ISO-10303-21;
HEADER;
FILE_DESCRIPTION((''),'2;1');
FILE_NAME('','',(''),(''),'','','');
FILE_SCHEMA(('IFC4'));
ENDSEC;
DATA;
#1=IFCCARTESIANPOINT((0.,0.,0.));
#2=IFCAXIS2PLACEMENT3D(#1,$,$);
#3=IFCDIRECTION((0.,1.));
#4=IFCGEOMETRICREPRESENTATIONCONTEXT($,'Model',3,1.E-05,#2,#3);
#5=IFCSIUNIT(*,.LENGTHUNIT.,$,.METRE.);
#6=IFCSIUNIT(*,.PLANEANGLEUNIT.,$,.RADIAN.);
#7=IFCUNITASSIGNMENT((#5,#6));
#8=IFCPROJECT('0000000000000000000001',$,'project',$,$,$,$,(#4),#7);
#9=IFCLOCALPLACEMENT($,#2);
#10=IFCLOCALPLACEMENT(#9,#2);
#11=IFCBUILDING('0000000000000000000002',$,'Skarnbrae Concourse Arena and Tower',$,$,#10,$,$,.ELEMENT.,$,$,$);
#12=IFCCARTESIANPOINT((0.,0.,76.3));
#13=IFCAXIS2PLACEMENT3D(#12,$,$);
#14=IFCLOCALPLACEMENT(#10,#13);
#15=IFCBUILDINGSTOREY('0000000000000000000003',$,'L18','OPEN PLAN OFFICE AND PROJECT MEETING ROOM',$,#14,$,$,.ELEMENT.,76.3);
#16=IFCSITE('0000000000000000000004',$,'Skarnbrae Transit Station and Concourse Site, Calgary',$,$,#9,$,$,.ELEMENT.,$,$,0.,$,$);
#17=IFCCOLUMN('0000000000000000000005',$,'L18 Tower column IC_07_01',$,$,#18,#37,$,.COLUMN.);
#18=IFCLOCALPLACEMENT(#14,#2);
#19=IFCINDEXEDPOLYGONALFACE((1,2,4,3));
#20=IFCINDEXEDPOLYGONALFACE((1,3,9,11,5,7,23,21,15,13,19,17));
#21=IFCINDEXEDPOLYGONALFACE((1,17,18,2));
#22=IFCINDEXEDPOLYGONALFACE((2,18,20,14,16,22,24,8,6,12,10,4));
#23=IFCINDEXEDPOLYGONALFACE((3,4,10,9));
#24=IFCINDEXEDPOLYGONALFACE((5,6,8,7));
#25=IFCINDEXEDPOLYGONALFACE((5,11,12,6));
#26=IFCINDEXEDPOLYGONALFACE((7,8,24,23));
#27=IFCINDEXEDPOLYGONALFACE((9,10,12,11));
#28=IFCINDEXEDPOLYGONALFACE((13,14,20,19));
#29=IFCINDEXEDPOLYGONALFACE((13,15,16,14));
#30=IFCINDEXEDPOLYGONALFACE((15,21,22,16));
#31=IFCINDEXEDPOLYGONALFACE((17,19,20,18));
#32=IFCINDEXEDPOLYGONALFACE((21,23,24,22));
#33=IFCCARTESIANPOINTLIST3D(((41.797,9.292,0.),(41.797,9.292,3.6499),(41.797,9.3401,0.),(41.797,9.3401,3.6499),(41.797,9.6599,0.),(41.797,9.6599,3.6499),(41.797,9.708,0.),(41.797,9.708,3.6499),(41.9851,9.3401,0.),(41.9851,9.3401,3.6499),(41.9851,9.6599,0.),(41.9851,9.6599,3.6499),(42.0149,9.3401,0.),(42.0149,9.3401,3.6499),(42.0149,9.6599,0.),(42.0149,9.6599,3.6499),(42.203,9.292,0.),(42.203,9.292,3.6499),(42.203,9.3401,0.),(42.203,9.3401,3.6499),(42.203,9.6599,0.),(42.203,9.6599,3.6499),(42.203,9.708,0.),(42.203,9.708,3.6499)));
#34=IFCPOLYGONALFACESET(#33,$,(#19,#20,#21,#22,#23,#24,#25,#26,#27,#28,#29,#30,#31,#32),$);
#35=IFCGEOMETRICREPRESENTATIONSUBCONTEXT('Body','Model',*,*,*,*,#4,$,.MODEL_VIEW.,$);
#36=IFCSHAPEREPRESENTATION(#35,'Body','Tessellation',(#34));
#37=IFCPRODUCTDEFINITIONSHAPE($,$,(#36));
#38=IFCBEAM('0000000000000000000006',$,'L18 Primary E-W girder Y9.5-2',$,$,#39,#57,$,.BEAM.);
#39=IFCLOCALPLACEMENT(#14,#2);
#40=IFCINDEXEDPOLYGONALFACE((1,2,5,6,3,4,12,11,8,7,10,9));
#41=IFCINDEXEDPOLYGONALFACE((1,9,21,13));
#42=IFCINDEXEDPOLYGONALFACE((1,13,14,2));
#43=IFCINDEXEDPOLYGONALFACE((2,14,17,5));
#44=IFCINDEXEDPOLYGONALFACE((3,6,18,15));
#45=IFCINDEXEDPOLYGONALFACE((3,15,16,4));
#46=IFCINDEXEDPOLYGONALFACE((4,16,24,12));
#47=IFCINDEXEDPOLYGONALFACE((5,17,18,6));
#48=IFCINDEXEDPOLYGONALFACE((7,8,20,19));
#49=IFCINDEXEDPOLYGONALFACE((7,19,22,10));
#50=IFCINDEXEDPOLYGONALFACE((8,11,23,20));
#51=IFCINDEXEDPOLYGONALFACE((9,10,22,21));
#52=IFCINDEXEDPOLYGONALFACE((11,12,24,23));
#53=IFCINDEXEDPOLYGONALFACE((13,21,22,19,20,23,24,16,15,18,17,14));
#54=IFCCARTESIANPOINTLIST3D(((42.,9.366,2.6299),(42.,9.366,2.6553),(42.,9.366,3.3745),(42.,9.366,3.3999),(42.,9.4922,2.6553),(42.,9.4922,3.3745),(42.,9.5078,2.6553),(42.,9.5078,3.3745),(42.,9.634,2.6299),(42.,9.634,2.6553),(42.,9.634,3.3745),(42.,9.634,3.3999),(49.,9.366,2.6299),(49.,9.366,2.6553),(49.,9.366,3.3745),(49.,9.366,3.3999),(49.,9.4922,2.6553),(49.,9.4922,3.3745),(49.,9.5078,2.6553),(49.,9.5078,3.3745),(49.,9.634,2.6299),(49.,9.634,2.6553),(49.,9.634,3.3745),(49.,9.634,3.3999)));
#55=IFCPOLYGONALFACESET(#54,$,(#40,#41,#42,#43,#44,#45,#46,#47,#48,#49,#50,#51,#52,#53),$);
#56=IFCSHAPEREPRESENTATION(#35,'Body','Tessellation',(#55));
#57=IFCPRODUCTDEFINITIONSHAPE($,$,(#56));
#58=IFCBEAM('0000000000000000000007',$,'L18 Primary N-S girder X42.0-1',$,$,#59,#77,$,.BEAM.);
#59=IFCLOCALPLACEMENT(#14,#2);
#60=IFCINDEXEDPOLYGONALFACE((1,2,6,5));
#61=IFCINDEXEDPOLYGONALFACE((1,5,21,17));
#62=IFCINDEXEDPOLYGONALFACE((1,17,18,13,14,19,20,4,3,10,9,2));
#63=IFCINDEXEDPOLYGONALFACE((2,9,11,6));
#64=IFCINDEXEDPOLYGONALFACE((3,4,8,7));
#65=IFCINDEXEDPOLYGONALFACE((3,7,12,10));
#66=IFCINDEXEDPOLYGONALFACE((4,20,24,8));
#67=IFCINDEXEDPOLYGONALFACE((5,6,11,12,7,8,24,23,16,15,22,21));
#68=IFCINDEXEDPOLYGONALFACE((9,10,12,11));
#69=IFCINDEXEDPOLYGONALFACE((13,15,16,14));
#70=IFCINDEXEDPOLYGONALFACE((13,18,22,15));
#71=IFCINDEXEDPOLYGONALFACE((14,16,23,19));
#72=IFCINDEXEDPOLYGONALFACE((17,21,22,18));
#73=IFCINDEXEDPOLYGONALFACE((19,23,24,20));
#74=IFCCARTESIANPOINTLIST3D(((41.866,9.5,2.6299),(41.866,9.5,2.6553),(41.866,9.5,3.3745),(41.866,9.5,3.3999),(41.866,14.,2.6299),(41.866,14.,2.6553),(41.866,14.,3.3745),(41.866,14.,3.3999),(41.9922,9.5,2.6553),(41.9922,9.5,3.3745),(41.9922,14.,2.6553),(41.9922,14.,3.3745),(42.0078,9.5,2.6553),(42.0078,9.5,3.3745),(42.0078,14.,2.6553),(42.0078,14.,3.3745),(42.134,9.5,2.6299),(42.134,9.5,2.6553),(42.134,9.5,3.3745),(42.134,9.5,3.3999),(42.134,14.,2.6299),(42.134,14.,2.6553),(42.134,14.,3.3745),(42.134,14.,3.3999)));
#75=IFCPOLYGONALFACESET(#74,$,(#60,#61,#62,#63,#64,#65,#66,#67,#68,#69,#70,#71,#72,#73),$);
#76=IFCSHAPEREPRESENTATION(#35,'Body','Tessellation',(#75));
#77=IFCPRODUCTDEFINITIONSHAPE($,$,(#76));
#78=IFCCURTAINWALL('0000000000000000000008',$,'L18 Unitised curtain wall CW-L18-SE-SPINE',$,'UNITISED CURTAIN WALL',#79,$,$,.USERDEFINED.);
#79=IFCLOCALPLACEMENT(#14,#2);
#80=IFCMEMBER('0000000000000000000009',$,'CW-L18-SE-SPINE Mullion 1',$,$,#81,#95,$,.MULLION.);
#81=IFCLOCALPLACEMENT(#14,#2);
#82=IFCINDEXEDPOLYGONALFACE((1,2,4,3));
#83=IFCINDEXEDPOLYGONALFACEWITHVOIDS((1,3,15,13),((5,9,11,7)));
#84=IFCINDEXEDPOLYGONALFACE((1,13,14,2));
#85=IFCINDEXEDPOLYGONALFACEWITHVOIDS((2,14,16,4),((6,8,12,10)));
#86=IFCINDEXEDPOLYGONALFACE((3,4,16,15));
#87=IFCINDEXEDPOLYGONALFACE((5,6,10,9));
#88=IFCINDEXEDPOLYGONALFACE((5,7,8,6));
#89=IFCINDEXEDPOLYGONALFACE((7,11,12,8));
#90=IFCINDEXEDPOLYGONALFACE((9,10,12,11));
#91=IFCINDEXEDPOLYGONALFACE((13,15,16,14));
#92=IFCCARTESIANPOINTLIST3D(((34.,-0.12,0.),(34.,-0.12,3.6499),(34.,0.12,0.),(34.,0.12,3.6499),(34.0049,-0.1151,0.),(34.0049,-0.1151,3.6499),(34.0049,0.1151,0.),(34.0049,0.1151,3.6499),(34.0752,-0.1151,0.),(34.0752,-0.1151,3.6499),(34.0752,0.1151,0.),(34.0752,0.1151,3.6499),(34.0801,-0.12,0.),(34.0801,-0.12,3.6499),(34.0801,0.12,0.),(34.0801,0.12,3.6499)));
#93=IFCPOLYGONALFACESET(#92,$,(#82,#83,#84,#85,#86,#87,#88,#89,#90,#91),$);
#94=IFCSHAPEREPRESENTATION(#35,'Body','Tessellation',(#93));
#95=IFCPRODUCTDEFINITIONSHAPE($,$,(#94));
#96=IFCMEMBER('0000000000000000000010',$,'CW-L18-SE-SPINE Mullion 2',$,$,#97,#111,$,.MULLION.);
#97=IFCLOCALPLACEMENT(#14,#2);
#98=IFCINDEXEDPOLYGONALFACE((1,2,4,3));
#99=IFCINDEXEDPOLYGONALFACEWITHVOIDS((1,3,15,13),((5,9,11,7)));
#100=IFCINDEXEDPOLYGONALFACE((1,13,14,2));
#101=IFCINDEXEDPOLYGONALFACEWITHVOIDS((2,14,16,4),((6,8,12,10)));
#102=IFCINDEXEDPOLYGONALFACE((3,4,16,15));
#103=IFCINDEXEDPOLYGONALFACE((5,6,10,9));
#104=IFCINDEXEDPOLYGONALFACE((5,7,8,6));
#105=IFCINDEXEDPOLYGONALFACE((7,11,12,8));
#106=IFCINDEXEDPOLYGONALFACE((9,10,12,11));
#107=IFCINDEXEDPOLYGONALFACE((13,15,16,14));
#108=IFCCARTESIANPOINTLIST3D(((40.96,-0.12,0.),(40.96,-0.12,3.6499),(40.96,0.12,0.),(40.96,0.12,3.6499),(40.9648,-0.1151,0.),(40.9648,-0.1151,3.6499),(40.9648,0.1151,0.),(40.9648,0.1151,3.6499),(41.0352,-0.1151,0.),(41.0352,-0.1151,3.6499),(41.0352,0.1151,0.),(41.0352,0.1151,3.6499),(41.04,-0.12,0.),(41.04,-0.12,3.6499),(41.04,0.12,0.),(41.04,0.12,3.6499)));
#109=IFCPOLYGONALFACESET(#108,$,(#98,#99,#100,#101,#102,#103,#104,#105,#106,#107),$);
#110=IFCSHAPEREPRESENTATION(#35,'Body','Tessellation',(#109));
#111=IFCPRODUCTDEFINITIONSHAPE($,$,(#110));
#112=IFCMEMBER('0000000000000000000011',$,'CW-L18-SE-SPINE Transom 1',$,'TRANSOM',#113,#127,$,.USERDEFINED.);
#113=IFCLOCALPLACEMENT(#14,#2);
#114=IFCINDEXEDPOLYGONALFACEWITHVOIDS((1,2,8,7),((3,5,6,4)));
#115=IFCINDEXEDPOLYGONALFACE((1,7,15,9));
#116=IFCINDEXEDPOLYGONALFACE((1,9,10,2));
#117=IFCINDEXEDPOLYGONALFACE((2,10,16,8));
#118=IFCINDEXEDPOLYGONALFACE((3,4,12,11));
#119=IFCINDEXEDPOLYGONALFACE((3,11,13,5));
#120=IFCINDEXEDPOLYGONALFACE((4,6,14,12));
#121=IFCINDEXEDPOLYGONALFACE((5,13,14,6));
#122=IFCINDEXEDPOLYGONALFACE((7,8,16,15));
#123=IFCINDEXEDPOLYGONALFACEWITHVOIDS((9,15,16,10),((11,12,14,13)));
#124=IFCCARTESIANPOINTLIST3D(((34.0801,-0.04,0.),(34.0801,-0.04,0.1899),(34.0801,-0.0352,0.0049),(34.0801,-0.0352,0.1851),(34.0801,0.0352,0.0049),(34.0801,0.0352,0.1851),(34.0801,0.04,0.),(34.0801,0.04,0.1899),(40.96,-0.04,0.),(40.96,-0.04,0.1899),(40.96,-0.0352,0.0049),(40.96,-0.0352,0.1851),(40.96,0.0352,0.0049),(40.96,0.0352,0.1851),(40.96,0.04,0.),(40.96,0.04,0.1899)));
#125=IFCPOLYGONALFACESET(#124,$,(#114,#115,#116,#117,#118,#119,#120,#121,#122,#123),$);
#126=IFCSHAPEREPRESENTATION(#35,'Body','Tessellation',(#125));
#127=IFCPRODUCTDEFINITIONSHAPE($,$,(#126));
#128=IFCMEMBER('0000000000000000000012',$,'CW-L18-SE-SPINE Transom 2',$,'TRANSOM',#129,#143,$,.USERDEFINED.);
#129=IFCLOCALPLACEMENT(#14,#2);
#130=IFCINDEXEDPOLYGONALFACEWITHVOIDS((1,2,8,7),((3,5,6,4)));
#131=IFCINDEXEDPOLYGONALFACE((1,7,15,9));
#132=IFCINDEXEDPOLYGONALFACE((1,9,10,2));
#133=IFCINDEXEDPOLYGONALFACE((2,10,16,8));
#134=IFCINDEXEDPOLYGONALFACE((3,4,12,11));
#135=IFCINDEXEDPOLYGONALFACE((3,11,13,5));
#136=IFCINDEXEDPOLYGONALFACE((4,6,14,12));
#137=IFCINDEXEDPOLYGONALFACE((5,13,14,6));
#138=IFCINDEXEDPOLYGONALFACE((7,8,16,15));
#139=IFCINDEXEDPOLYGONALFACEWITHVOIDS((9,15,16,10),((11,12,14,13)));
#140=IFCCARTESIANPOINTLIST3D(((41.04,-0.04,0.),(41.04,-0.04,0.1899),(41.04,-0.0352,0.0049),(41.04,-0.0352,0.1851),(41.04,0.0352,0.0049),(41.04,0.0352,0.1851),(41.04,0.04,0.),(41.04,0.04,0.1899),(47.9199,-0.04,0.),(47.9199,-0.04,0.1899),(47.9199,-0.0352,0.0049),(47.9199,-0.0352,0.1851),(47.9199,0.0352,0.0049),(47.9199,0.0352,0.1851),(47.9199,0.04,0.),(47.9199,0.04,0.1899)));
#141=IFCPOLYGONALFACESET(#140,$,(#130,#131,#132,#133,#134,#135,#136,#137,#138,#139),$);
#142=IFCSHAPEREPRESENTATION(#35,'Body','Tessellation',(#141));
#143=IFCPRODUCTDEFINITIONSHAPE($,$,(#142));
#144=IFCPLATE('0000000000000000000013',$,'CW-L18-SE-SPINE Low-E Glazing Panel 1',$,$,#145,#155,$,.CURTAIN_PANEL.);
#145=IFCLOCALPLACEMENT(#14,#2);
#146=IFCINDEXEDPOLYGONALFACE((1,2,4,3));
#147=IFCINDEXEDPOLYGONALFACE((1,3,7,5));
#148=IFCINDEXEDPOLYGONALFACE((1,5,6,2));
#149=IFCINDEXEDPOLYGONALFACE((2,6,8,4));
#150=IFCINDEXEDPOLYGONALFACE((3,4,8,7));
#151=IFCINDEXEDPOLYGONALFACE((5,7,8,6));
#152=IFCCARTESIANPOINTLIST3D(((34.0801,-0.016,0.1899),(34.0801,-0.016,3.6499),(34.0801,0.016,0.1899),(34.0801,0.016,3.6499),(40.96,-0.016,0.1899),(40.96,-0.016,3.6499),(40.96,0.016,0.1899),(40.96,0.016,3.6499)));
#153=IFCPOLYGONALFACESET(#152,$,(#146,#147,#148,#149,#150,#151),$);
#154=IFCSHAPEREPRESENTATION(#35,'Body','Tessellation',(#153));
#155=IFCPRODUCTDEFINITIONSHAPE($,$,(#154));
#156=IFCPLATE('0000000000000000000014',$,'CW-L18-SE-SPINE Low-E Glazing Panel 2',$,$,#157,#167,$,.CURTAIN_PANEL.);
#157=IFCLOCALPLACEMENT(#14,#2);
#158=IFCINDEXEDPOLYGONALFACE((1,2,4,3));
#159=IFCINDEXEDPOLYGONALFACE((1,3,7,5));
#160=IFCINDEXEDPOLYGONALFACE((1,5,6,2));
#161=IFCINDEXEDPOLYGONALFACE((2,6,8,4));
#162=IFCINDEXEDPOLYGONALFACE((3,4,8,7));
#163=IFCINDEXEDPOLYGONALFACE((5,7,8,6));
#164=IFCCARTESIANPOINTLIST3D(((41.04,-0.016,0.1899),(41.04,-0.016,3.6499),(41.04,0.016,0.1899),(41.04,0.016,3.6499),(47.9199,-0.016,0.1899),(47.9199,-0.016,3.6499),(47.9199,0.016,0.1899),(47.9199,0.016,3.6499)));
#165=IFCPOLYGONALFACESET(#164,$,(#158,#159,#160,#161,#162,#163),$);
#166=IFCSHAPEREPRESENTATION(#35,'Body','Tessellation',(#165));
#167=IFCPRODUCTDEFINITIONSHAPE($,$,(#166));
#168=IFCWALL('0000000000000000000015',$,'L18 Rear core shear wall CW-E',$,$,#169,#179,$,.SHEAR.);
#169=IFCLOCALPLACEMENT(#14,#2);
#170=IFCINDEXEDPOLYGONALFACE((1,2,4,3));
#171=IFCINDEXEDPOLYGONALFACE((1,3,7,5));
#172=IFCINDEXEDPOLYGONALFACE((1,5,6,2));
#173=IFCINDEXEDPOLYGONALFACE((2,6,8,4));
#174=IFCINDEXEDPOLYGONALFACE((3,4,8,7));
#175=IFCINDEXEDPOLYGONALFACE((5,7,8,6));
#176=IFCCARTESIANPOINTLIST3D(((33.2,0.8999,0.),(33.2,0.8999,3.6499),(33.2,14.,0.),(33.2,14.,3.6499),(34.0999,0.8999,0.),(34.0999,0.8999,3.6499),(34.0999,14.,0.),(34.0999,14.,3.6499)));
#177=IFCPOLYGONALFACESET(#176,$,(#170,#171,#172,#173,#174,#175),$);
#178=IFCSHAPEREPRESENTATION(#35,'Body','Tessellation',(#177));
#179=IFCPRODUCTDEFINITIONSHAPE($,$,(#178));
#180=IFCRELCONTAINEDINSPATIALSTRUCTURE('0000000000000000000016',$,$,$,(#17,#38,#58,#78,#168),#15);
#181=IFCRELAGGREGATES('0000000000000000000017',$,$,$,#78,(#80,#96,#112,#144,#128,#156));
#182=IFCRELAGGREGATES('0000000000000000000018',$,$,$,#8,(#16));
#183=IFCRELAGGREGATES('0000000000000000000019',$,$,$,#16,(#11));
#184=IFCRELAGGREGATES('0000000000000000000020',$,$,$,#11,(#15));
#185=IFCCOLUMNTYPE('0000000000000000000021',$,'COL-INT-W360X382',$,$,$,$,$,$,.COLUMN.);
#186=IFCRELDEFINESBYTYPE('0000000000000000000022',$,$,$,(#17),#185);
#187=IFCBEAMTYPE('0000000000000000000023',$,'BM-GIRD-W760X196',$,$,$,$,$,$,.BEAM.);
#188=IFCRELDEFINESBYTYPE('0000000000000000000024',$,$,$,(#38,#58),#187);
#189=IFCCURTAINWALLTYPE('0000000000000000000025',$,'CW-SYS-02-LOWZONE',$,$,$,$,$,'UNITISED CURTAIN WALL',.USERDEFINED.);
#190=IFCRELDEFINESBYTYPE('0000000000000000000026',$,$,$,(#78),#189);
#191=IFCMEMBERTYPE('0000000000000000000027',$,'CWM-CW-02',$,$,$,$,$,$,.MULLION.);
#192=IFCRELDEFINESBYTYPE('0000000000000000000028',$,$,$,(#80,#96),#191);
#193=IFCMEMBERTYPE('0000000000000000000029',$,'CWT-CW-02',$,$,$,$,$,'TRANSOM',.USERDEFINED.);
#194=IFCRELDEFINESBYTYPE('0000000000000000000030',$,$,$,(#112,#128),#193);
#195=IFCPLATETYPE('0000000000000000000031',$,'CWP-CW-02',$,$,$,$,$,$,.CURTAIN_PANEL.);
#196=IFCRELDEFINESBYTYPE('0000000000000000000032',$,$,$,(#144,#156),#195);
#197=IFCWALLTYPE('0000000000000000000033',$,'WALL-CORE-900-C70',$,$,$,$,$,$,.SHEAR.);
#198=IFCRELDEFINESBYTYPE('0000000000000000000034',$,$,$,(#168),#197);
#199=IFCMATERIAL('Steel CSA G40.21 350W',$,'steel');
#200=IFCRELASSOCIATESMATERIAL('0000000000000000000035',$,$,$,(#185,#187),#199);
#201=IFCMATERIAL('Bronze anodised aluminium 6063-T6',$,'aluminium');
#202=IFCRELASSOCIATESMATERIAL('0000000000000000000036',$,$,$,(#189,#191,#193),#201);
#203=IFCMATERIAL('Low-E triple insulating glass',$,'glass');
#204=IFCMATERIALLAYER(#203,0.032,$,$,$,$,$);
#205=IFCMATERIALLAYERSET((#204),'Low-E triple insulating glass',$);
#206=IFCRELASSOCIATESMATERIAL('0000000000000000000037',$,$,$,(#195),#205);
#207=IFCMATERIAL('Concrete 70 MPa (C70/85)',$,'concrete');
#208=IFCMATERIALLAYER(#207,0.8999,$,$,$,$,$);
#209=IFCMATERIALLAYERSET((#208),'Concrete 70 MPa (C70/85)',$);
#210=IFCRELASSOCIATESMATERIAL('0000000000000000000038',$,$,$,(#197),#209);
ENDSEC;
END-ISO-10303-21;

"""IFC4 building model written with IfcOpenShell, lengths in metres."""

from ifc_helpers import new_model, si_unit, direction, frame, frame_2d, origin, origin_2d, place, context, subcontext, project, spatial, rectangle, hollow_rectangle, i_section, extrude, source, transform, mapped, material, layer, layer_set, material_profile, profile_set, type_object, element, aggregate, save


model = new_model("IFC4")

# Units and contexts
model_context = context("Model", 3, precision=1e-05, world=origin(), true_north=direction((0.0, 1.0)))
body_context = subcontext(model_context, "Body", "Model", "MODEL_VIEW")
ifc_project = project(units=[si_unit("LENGTHUNIT", "METRE"), si_unit("PLANEANGLEUNIT", "RADIAN")], contexts=[model_context])

# Site, building, storey
site_placement = place(None, origin())
site = spatial("IfcSite", under=ifc_project, at=site_placement, Name="Skarnbrae Transit Station and Concourse Site, Calgary", CompositionType="ELEMENT", RefElevation=0.0)
building_placement = place(site_placement, origin())
building = spatial("IfcBuilding", under=site, at=building_placement, Name="Skarnbrae Concourse Arena and Tower", CompositionType="ELEMENT")
storey_placement = place(building_placement, frame((0.0, 0.0, 76.3)))
storey = spatial("IfcBuildingStorey", under=building, at=storey_placement, Name="L18", Description="OPEN PLAN OFFICE AND PROJECT MEETING ROOM", CompositionType="ELEMENT", Elevation=76.3)

# Column
ifc_material_1 = material(Name="Steel CSA G40.21 350W", Category="steel")
ifc_material_profile_1 = material_profile(ifc_material_1, i_section(OverallWidth=0.406, OverallDepth=0.416, WebThickness=0.0298, FlangeThickness=0.0481, at=origin_2d()), Name="W360X382")
ifc_profile_set_1 = profile_set([ifc_material_profile_1], Name="Steel CSA G40.21 350W")
column_type = type_object("IfcColumnType", Name="COL-INT-W360X382", PredefinedType="COLUMN", material=ifc_profile_set_1)
shared_shape_1 = source(origin(), body_context, "Body", "SweptSolid", [
    extrude(i_section(OverallWidth=0.406, OverallDepth=0.416, WebThickness=0.0298, FlangeThickness=0.0481, at=origin_2d()), origin(), (0.0, 0.0, 1.0), 3.6499),
])
column_placement = place(storey_placement, frame((42.0, 9.5, 0.0), z_axis=(0.0, 0.0, 1.0), x_axis=(1.0, 0.0, 0.0)))
element("IfcColumn", 1, at=column_placement, inside=storey, type_object=column_type, Name="L18 Tower column IC_07_01", PredefinedType="COLUMN", context=body_context, shape_type="MappedRepresentation", body=[
    mapped(shared_shape_1, transform((0.0, 0.0, 0.0))),
])

# Beams
ifc_material_profile_2 = material_profile(ifc_material_1, i_section(OverallWidth=0.2681, OverallDepth=0.77, WebThickness=0.0156, FlangeThickness=0.0254, at=origin_2d()), Name="W760X196")
ifc_profile_set_2 = profile_set([ifc_material_profile_2], Name="Steel CSA G40.21 350W")
beam_type = type_object("IfcBeamType", Name="BM-GIRD-W760X196", PredefinedType="BEAM", material=ifc_profile_set_2)
shared_shape_2 = source(origin(), body_context, "Body", "SweptSolid", [
    extrude(i_section(OverallWidth=0.2681, OverallDepth=0.77, WebThickness=0.0156, FlangeThickness=0.0254, at=origin_2d()), origin(), (0.0, 0.0, 1.0), 7.0),
])
beam_1_placement = place(storey_placement, frame((42.0, 9.5, 3.0149), z_axis=(1.0, 0.0, 0.0), x_axis=(0.0, 1.0, 0.0)))
element("IfcBeam", 2, at=beam_1_placement, inside=storey, type_object=beam_type, Name="L18 Primary E-W girder Y9.5-2", PredefinedType="BEAM", context=body_context, shape_type="MappedRepresentation", body=[
    mapped(shared_shape_2, transform((0.0, 0.0, 0.0))),
])
shared_shape_3 = source(origin(), body_context, "Body", "SweptSolid", [
    extrude(i_section(OverallWidth=0.2681, OverallDepth=0.77, WebThickness=0.0156, FlangeThickness=0.0254, at=origin_2d()), origin(), (0.0, 0.0, 1.0), 4.5),
])
beam_2_placement = place(storey_placement, frame((42.0, 9.5, 3.0149), z_axis=(0.0, 1.0, 0.0), x_axis=(-1.0, 0.0, 0.0)))
element("IfcBeam", 3, at=beam_2_placement, inside=storey, type_object=beam_type, Name="L18 Primary N-S girder X42.0-1", PredefinedType="BEAM", context=body_context, shape_type="MappedRepresentation", body=[
    mapped(shared_shape_3, transform((0.0, 0.0, 0.0))),
])

# Curtain wall, members, plates
ifc_material_2 = material(Name="Bronze anodised aluminium 6063-T6", Category="aluminium")
curtain_wall_type = type_object("IfcCurtainWallType", Name="CW-SYS-02-LOWZONE", ElementType="UNITISED CURTAIN WALL", PredefinedType="USERDEFINED", material=ifc_material_2)
curtain_wall_placement = place(storey_placement, origin())
curtain_wall = element("IfcCurtainWall", 4, at=curtain_wall_placement, inside=storey, type_object=curtain_wall_type, Name="L18 Unitised curtain wall CW-L18-SE-SPINE", ObjectType="UNITISED CURTAIN WALL", PredefinedType="USERDEFINED")
ifc_material_profile_3 = material_profile(ifc_material_2, hollow_rectangle(XDim=0.0801, YDim=0.24, WallThickness=0.0049, at=origin_2d()), Name="ALU-MULL-80X240")
ifc_profile_set_3 = profile_set([ifc_material_profile_3], Name="Bronze anodised aluminium 6063-T6")
member_type_1 = type_object("IfcMemberType", Name="CWM-CW-02", PredefinedType="MULLION", material=ifc_profile_set_3)
shared_shape_4 = source(origin(), body_context, "Body", "SweptSolid", [
    extrude(hollow_rectangle(XDim=0.0801, YDim=0.24, WallThickness=0.0049, at=origin_2d()), origin(), (0.0, 0.0, 1.0), 3.6499),
])
member_1_placement = place(storey_placement, frame((34.04, 0.0, 0.0), z_axis=(0.0, 0.0, 1.0), x_axis=(1.0, 0.0, 0.0)))
member_1 = element("IfcMember", 5, at=member_1_placement, type_object=member_type_1, Name="CW-L18-SE-SPINE Mullion 1", PredefinedType="MULLION", context=body_context, shape_type="MappedRepresentation", body=[
    mapped(shared_shape_4, transform((0.0, 0.0, 0.0))),
])
member_2_placement = place(storey_placement, frame((41.0, 0.0, 0.0), z_axis=(0.0, 0.0, 1.0), x_axis=(1.0, 0.0, 0.0)))
member_2 = element("IfcMember", 6, at=member_2_placement, type_object=member_type_1, Name="CW-L18-SE-SPINE Mullion 2", PredefinedType="MULLION", context=body_context, shape_type="MappedRepresentation", body=[
    mapped(shared_shape_4, transform((0.0, 0.0, 0.0))),
])
ifc_material_profile_4 = material_profile(ifc_material_2, hollow_rectangle(XDim=0.0801, YDim=0.1899, WallThickness=0.0049, at=origin_2d()), Name="ALU-TRAN-80X190")
ifc_profile_set_4 = profile_set([ifc_material_profile_4], Name="Bronze anodised aluminium 6063-T6")
member_type_2 = type_object("IfcMemberType", Name="CWT-CW-02", ElementType="TRANSOM", PredefinedType="USERDEFINED", material=ifc_profile_set_4)
shared_shape_5 = source(origin(), body_context, "Body", "SweptSolid", [
    extrude(hollow_rectangle(XDim=0.0801, YDim=0.1899, WallThickness=0.0049, at=origin_2d()), origin(), (0.0, 0.0, 1.0), 6.8799),
])
member_3_placement = place(storey_placement, frame((34.0801, 0.0, 0.095), z_axis=(1.0, 0.0, 0.0), x_axis=(0.0, 1.0, 0.0)))
member_3 = element("IfcMember", 7, at=member_3_placement, type_object=member_type_2, Name="CW-L18-SE-SPINE Transom 1", ObjectType="TRANSOM", PredefinedType="USERDEFINED", context=body_context, shape_type="MappedRepresentation", body=[
    mapped(shared_shape_5, transform((0.0, 0.0, 0.0))),
])
member_4_placement = place(storey_placement, frame((41.04, 0.0, 0.095), z_axis=(1.0, 0.0, 0.0), x_axis=(0.0, 1.0, 0.0)))
member_4 = element("IfcMember", 8, at=member_4_placement, type_object=member_type_2, Name="CW-L18-SE-SPINE Transom 2", ObjectType="TRANSOM", PredefinedType="USERDEFINED", context=body_context, shape_type="MappedRepresentation", body=[
    mapped(shared_shape_5, transform((0.0, 0.0, 0.0))),
])
ifc_material_3 = material(Name="Low-E triple insulating glass", Category="glass")
ifc_layer_1 = layer(ifc_material_3, 0.032)
ifc_layer_set_1 = layer_set([ifc_layer_1], Name="Low-E triple insulating glass")
plate_type = type_object("IfcPlateType", Name="CWP-CW-02", PredefinedType="CURTAIN_PANEL", material=ifc_layer_set_1)
shared_shape_6 = source(origin(), body_context, "Body", "SweptSolid", [
    extrude(rectangle(XDim=6.8799, YDim=0.032, at=origin_2d()), origin(), (0.0, 0.0, 1.0), 3.46),
])
plate_1_placement = place(storey_placement, frame((37.52, 0.0, 0.1899), z_axis=(0.0, 0.0, 1.0), x_axis=(1.0, 0.0, 0.0)))
plate_1 = element("IfcPlate", 9, at=plate_1_placement, type_object=plate_type, Name="CW-L18-SE-SPINE Low-E Glazing Panel 1", PredefinedType="CURTAIN_PANEL", context=body_context, shape_type="MappedRepresentation", body=[
    mapped(shared_shape_6, transform((0.0, 0.0, 0.0))),
])
plate_2_placement = place(storey_placement, frame((44.48, 0.0, 0.1899), z_axis=(0.0, 0.0, 1.0), x_axis=(1.0, 0.0, 0.0)))
plate_2 = element("IfcPlate", 10, at=plate_2_placement, type_object=plate_type, Name="CW-L18-SE-SPINE Low-E Glazing Panel 2", PredefinedType="CURTAIN_PANEL", context=body_context, shape_type="MappedRepresentation", body=[
    mapped(shared_shape_6, transform((0.0, 0.0, 0.0))),
])
aggregate(curtain_wall, [member_1, member_2, member_3, plate_1, member_4, plate_2])

# Wall
ifc_material_4 = material(Name="Concrete 70 MPa (C70/85)", Category="concrete")
ifc_layer_2 = layer(ifc_material_4, 0.8999)
ifc_layer_set_2 = layer_set([ifc_layer_2], Name="Concrete 70 MPa (C70/85)")
wall_type_1 = type_object("IfcWallType", Name="WALL-CORE-900-C70", PredefinedType="SHEAR", material=ifc_layer_set_2)
shared_shape_7 = source(origin(), body_context, "Body", "SweptSolid", [
    extrude(rectangle(XDim=13.1001, YDim=0.8999, at=frame_2d((6.55, 0.0))), origin(), (0.0, 0.0, 1.0), 3.6499),
])
wall_1_placement = place(storey_placement, frame((33.6499, 0.8999, 0.0), z_axis=(0.0, 0.0, 1.0), x_axis=(0.0, 1.0, 0.0)))
element("IfcWall", 11, at=wall_1_placement, inside=storey, type_object=wall_type_1, Name="L18 Rear core shear wall CW-E", PredefinedType="SHEAR", context=body_context, shape_type="MappedRepresentation", body=[
    mapped(shared_shape_7, transform((0.0, 0.0, 0.0))),
])

save(model, "model.ifc")
